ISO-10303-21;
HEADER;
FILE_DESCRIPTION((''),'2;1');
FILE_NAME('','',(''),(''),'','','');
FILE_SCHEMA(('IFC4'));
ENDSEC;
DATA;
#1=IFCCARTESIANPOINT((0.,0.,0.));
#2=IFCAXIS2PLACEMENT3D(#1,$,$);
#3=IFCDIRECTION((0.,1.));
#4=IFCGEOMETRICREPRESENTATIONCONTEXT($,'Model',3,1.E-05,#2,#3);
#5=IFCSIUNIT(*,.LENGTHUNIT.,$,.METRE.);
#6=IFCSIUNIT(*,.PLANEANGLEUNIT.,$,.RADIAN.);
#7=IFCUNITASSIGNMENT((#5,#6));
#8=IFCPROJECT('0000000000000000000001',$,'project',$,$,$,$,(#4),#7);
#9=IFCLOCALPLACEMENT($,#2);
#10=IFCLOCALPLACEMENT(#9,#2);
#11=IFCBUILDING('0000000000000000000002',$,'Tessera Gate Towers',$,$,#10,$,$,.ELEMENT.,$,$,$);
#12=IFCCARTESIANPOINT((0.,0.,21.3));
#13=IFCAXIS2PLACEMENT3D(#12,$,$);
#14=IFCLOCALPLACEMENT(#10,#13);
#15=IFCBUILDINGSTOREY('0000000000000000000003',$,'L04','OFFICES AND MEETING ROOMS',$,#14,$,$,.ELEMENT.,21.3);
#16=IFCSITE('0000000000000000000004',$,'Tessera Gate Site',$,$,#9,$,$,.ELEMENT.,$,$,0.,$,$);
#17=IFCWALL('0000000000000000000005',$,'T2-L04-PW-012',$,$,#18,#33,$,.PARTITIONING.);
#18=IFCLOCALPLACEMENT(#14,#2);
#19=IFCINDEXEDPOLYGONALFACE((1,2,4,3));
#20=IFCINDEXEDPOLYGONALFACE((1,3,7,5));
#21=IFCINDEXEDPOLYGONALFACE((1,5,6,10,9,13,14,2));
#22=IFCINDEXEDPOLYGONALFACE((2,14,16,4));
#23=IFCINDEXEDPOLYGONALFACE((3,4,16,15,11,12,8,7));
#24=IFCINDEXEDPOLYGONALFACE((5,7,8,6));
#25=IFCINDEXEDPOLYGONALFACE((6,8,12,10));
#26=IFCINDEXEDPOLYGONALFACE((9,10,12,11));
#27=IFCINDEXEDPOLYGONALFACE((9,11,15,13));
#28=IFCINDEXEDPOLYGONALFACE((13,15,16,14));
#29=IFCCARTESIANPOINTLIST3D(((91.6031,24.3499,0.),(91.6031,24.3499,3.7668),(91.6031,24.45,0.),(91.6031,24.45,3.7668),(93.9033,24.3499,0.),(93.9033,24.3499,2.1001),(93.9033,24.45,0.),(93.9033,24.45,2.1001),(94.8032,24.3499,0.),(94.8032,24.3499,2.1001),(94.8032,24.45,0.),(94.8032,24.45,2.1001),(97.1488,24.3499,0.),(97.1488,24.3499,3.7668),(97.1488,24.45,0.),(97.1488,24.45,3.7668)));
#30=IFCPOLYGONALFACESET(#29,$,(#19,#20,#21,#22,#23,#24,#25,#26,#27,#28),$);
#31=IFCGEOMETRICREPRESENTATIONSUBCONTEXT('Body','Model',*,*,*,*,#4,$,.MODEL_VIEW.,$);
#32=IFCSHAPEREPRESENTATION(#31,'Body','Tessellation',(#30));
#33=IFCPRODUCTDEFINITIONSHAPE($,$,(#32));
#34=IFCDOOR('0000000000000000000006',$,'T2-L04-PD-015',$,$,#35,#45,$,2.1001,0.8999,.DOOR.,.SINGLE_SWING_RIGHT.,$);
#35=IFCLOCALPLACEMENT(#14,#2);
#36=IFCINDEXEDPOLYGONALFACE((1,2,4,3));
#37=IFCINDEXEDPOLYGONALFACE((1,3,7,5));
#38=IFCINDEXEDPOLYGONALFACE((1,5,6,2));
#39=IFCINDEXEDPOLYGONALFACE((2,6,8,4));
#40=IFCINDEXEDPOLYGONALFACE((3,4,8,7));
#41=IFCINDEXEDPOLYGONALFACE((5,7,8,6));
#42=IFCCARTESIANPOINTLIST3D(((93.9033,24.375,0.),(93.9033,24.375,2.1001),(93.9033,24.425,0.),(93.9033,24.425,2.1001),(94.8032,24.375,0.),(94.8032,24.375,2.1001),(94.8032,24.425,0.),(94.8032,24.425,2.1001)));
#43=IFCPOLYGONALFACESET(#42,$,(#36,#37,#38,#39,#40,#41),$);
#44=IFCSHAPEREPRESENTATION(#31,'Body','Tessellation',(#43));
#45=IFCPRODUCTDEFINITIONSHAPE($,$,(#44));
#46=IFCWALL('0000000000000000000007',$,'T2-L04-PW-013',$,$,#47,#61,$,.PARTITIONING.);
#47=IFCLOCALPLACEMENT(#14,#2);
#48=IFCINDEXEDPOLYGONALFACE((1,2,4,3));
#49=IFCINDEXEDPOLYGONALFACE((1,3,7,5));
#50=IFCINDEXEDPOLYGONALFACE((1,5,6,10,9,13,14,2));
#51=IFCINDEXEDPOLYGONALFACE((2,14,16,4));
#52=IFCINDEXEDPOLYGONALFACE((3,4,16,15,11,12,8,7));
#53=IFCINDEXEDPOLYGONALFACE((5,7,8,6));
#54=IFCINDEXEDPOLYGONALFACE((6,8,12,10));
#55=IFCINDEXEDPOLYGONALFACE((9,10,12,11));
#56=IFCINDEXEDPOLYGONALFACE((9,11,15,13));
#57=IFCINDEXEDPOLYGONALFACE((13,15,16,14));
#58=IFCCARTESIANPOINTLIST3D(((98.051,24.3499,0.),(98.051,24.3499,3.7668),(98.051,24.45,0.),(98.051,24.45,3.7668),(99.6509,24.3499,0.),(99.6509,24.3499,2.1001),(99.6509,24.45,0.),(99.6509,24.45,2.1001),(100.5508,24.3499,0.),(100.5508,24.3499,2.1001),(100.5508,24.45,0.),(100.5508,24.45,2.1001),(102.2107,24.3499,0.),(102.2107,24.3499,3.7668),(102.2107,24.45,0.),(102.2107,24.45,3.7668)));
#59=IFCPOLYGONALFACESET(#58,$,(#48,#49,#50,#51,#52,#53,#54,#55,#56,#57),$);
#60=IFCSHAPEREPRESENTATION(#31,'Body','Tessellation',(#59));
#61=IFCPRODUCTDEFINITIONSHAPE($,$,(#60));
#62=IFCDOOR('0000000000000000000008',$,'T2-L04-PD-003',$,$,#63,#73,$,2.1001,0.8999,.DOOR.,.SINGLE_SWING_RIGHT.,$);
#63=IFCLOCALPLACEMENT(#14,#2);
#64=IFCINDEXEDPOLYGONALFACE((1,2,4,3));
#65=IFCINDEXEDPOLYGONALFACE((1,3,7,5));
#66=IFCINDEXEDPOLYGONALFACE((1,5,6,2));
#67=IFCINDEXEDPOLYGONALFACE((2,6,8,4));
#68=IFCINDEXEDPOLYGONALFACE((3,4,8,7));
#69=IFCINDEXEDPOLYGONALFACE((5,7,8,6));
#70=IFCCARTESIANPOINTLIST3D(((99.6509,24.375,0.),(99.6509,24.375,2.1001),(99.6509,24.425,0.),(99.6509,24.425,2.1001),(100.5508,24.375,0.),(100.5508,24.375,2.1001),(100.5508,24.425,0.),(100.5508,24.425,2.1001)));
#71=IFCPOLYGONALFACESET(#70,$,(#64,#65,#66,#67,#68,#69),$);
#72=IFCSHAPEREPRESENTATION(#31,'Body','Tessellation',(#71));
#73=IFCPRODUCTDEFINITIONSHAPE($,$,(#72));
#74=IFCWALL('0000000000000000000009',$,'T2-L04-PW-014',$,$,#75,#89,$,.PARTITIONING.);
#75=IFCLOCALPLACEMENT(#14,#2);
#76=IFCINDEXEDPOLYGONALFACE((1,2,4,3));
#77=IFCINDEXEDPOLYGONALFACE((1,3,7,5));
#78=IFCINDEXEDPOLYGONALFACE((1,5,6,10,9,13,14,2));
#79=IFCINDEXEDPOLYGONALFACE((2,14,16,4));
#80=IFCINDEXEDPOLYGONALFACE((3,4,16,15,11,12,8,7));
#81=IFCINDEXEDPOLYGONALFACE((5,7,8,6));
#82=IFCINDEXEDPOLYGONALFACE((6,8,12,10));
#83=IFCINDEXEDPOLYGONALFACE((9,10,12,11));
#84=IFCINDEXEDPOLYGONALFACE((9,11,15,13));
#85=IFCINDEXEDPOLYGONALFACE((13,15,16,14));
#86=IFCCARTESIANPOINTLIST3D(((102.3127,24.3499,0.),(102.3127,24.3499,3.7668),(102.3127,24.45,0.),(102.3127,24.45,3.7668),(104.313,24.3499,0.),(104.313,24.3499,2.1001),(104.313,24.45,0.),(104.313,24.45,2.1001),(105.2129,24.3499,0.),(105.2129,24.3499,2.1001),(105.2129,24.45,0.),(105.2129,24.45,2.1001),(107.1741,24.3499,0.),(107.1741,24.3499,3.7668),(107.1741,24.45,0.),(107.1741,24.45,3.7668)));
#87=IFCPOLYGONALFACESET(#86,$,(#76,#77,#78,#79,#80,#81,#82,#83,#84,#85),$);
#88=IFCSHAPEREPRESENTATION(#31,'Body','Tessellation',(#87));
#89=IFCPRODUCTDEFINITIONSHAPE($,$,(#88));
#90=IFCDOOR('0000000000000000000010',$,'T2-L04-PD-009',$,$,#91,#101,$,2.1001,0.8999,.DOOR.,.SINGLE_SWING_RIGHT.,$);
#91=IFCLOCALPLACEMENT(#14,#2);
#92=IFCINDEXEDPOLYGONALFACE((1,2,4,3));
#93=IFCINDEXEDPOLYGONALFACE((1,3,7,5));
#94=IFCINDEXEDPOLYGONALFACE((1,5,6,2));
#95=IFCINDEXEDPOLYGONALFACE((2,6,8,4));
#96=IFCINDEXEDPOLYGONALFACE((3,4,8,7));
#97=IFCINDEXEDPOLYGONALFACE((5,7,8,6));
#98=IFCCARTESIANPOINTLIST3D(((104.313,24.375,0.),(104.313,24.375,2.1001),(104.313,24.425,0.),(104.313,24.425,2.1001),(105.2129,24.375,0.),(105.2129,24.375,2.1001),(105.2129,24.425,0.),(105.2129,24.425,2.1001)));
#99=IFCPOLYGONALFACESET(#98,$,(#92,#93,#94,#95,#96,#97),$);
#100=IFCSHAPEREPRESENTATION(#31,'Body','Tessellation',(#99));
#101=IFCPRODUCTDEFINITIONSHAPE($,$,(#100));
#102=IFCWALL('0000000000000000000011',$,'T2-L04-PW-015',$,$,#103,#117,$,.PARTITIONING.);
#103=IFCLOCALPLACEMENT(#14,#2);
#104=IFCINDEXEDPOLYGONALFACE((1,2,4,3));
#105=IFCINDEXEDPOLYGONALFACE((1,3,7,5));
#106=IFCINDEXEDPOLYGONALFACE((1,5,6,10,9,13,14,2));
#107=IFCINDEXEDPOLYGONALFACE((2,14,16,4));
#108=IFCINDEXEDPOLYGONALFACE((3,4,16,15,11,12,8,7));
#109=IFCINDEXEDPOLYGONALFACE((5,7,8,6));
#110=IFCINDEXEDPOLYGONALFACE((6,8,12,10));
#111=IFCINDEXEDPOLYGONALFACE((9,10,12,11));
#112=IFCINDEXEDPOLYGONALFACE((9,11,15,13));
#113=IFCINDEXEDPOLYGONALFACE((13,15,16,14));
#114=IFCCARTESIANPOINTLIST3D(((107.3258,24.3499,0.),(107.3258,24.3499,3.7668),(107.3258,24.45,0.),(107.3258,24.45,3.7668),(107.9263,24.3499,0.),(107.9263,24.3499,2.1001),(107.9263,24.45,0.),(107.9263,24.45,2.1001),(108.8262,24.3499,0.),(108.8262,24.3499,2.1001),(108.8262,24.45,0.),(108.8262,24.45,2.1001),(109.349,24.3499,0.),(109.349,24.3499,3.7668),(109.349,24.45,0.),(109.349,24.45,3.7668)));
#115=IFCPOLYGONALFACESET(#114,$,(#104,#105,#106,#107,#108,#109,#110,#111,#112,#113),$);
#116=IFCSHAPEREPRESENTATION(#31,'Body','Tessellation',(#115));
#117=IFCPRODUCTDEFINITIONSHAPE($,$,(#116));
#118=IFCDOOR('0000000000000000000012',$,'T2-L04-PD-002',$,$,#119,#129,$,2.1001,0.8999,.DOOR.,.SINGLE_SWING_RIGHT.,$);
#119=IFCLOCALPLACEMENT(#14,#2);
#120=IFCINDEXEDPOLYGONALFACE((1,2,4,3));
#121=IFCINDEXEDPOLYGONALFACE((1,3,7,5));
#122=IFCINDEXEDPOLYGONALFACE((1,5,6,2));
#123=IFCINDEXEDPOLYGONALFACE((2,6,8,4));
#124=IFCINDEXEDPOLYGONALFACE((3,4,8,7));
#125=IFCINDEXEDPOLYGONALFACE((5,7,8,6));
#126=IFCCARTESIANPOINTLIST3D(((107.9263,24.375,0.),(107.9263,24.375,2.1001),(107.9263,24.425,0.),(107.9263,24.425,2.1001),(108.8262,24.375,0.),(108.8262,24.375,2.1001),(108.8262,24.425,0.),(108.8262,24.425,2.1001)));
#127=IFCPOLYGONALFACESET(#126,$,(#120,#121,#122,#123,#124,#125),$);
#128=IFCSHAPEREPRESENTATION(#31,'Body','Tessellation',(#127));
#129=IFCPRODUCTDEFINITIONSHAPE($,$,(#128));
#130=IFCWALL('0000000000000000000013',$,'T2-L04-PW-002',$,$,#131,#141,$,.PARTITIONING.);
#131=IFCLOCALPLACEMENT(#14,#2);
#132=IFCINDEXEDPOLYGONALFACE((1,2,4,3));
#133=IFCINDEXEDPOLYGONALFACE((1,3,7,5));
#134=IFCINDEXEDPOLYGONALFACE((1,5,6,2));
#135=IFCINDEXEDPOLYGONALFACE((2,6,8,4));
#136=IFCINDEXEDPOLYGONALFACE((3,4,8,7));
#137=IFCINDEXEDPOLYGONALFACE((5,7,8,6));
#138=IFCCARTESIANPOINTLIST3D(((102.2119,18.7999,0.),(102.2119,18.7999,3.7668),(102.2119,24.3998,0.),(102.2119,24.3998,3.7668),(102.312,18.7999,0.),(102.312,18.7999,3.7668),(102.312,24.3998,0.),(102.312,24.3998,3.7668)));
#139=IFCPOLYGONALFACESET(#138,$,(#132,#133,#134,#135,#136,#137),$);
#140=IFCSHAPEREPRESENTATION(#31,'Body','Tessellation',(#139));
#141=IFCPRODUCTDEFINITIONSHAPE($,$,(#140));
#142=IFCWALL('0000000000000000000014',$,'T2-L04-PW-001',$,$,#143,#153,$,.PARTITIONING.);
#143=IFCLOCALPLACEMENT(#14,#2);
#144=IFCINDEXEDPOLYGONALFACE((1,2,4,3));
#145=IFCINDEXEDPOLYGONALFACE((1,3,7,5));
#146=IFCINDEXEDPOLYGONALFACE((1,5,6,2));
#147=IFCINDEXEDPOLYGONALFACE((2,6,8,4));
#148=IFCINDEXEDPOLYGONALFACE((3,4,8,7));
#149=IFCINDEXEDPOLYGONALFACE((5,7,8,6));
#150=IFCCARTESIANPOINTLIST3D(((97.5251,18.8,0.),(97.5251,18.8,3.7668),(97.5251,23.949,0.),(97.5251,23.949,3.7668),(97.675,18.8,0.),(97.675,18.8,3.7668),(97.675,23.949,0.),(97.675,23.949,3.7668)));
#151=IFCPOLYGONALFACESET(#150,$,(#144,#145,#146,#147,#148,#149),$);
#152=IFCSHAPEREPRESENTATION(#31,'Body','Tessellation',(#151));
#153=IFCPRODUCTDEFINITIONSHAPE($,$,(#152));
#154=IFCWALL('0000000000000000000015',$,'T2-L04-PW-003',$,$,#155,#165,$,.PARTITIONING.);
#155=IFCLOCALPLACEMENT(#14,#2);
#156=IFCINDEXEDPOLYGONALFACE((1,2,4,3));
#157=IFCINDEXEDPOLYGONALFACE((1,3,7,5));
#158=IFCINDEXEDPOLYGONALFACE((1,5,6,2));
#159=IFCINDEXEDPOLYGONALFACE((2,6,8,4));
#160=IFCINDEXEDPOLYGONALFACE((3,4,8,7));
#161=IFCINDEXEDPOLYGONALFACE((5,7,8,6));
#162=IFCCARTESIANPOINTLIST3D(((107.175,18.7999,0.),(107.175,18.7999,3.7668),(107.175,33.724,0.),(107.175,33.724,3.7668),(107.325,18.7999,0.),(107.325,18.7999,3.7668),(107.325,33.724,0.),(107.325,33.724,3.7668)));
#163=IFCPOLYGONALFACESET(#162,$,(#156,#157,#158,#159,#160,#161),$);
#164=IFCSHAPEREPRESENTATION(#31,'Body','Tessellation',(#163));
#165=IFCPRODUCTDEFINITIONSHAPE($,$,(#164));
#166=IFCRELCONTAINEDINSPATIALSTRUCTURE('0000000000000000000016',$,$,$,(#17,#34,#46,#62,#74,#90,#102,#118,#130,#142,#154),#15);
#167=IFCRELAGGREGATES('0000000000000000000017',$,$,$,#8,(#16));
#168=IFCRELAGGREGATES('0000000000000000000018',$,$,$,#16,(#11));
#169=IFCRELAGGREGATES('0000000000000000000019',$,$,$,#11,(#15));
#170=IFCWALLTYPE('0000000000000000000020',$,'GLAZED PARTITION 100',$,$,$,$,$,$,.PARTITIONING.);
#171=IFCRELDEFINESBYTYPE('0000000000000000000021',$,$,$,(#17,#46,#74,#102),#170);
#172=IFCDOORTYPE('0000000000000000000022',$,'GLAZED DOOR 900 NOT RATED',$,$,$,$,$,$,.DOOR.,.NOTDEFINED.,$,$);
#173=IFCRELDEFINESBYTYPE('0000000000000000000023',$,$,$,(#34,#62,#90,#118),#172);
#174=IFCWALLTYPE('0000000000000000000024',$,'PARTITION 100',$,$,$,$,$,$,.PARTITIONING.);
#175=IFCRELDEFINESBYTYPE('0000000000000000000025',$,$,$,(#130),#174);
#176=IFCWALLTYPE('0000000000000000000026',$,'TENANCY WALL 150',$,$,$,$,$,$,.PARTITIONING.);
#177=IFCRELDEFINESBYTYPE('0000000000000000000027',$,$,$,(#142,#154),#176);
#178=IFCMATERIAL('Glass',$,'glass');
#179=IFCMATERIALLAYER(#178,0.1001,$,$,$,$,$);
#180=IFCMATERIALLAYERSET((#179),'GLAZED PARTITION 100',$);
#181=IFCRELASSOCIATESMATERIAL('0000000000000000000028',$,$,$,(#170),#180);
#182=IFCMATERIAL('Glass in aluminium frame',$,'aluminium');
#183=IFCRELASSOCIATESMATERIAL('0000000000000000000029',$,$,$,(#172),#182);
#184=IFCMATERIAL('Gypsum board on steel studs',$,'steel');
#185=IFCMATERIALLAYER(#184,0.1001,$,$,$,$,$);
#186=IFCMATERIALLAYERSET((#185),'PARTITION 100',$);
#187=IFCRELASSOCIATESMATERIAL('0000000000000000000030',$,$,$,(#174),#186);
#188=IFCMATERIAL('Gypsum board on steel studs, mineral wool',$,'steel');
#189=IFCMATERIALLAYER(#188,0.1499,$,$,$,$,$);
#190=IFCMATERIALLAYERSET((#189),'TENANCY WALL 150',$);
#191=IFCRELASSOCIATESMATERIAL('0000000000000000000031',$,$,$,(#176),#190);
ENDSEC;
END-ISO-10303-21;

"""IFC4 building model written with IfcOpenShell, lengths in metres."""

from ifc_helpers import new_model, si_unit, direction, frame, frame_2d, origin, place, context, subcontext, project, spatial, rectangle, extrude, source, transform, mapped, material, layer, layer_set, type_object, element, fill, save


model = new_model("IFC4")

# Units and contexts
model_context = context("Model", 3, precision=1e-05, world=origin(), true_north=direction((0.0, 1.0)))
body_context = subcontext(model_context, "Body", "Model", "MODEL_VIEW")
ifc_project = project(units=[si_unit("LENGTHUNIT", "METRE"), si_unit("PLANEANGLEUNIT", "RADIAN")], contexts=[model_context])

# Site, building, storey
site_placement = place(None, origin())
site = spatial("IfcSite", under=ifc_project, at=site_placement, Name="Tessera Gate Site", CompositionType="ELEMENT", RefElevation=0.0)
building_placement = place(site_placement, origin())
building = spatial("IfcBuilding", under=site, at=building_placement, Name="Tessera Gate Towers", CompositionType="ELEMENT")
storey_placement = place(building_placement, frame((0.0, 0.0, 21.3)))
storey = spatial("IfcBuildingStorey", under=building, at=storey_placement, Name="L04", Description="OFFICES AND MEETING ROOMS", CompositionType="ELEMENT", Elevation=21.3)

# Walls, openings, doors
ifc_material_1 = material(Name="Glass", Category="glass")
ifc_layer_1 = layer(ifc_material_1, 0.1001)
ifc_layer_set_1 = layer_set([ifc_layer_1], Name="GLAZED PARTITION 100")
wall_type_1 = type_object("IfcWallType", Name="GLAZED PARTITION 100", PredefinedType="PARTITIONING", material=ifc_layer_set_1)
wall_1_placement = place(storey_placement, frame((97.1489, 24.3999, 0.0), z_axis=(0.0, 0.0, 1.0), x_axis=(-1.0, 0.0, 0.0)))
wall_1 = element("IfcWall", 1, at=wall_1_placement, inside=storey, type_object=wall_type_1, Name="T2-L04-PW-012", PredefinedType="PARTITIONING", context=body_context, shape_type="SweptSolid", body=[
    extrude(rectangle(XDim=5.5457, YDim=0.1001, at=frame_2d((2.7729, 0.0))), origin(), (0.0, 0.0, 1.0), 3.7668),
])
shared_shape_1 = source(origin(), body_context, "Body", "SweptSolid", [
    extrude(rectangle(XDim=0.8999, YDim=2.1001, at=frame_2d((0.45, 1.05))), frame((0.0, 0.0601, 0.0), z_axis=(0.0, -1.0, 0.0), x_axis=(1.0, 0.0, 0.0)), (0.0, 0.0, 1.0), 0.1201),
])
opening_1_placement = place(wall_1_placement, frame((2.3457, 0.0, 0.0)))
opening_1 = element("IfcOpeningElement", 2, at=opening_1_placement, cuts=wall_1, PredefinedType="OPENING", context=body_context, shape_type="MappedRepresentation", body=[
    mapped(shared_shape_1, transform((0.0, 0.0, 0.0), scale=1.0)),
])
ifc_material_2 = material(Name="Glass in aluminium frame", Category="aluminium")
door_type = type_object("IfcDoorType", Name="GLAZED DOOR 900 NOT RATED", OperationType="NOTDEFINED", PredefinedType="DOOR", material=ifc_material_2)
shared_shape_2 = source(origin(), body_context, "Body", "SweptSolid", [
    extrude(rectangle(XDim=0.8999, YDim=2.1001, at=frame_2d((0.45, 1.05))), frame((0.0, 0.0249, 0.0), z_axis=(0.0, -1.0, 0.0), x_axis=(1.0, 0.0, 0.0)), (0.0, 0.0, 1.0), 0.05),
])
door_1_placement = place(opening_1_placement, origin())
door_1 = element("IfcDoor", 3, at=door_1_placement, inside=storey, type_object=door_type, Name="T2-L04-PD-015", OperationType="SINGLE_SWING_RIGHT", OverallHeight=2.1001, OverallWidth=0.8999, PredefinedType="DOOR", context=body_context, shape_type="MappedRepresentation", body=[
    mapped(shared_shape_2, transform((0.0, 0.0, 0.0), scale=1.0)),
])
fill(opening_1, door_1)
wall_2_placement = place(storey_placement, frame((102.2107, 24.3999, 0.0), z_axis=(0.0, 0.0, 1.0), x_axis=(-1.0, 0.0, 0.0)))
wall_2 = element("IfcWall", 4, at=wall_2_placement, inside=storey, type_object=wall_type_1, Name="T2-L04-PW-013", PredefinedType="PARTITIONING", context=body_context, shape_type="SweptSolid", body=[
    extrude(rectangle(XDim=4.1597, YDim=0.1001, at=frame_2d((2.0798, 0.0))), origin(), (0.0, 0.0, 1.0), 3.7668),
])
opening_2_placement = place(wall_2_placement, frame((1.6599, 0.0, 0.0)))
opening_2 = element("IfcOpeningElement", 5, at=opening_2_placement, cuts=wall_2, PredefinedType="OPENING", context=body_context, shape_type="MappedRepresentation", body=[
    mapped(shared_shape_1, transform((0.0, 0.0, 0.0), scale=1.0)),
])
door_2_placement = place(opening_2_placement, origin())
door_2 = element("IfcDoor", 6, at=door_2_placement, inside=storey, type_object=door_type, Name="T2-L04-PD-003", OperationType="SINGLE_SWING_RIGHT", OverallHeight=2.1001, OverallWidth=0.8999, PredefinedType="DOOR", context=body_context, shape_type="MappedRepresentation", body=[
    mapped(shared_shape_2, transform((0.0, 0.0, 0.0), scale=1.0)),
])
fill(opening_2, door_2)
wall_3_placement = place(storey_placement, frame((107.1741, 24.3999, 0.0), z_axis=(0.0, 0.0, 1.0), x_axis=(-1.0, 0.0, 0.0)))
wall_3 = element("IfcWall", 7, at=wall_3_placement, inside=storey, type_object=wall_type_1, Name="T2-L04-PW-014", PredefinedType="PARTITIONING", context=body_context, shape_type="SweptSolid", body=[
    extrude(rectangle(XDim=4.8613, YDim=0.1001, at=frame_2d((2.4307, 0.0))), origin(), (0.0, 0.0, 1.0), 3.7668),
])
opening_3_placement = place(wall_3_placement, frame((1.9612, 0.0, 0.0)))
opening_3 = element("IfcOpeningElement", 8, at=opening_3_placement, cuts=wall_3, PredefinedType="OPENING", context=body_context, shape_type="MappedRepresentation", body=[
    mapped(shared_shape_1, transform((0.0, 0.0, 0.0), scale=1.0)),
])
door_3_placement = place(opening_3_placement, origin())
door_3 = element("IfcDoor", 9, at=door_3_placement, inside=storey, type_object=door_type, Name="T2-L04-PD-009", OperationType="SINGLE_SWING_RIGHT", OverallHeight=2.1001, OverallWidth=0.8999, PredefinedType="DOOR", context=body_context, shape_type="MappedRepresentation", body=[
    mapped(shared_shape_2, transform((0.0, 0.0, 0.0), scale=1.0)),
])
fill(opening_3, door_3)
wall_4_placement = place(storey_placement, frame((109.3491, 24.3999, 0.0), z_axis=(0.0, 0.0, 1.0), x_axis=(-1.0, 0.0, 0.0)))
wall_4 = element("IfcWall", 10, at=wall_4_placement, inside=storey, type_object=wall_type_1, Name="T2-L04-PW-015", PredefinedType="PARTITIONING", context=body_context, shape_type="SweptSolid", body=[
    extrude(rectangle(XDim=2.0232, YDim=0.1001, at=frame_2d((1.0117, 0.0))), origin(), (0.0, 0.0, 1.0), 3.7668),
])
opening_4_placement = place(wall_4_placement, frame((0.5229, 0.0, 0.0)))
opening_4 = element("IfcOpeningElement", 11, at=opening_4_placement, cuts=wall_4, PredefinedType="OPENING", context=body_context, shape_type="MappedRepresentation", body=[
    mapped(shared_shape_1, transform((0.0, 0.0, 0.0), scale=1.0)),
])
door_4_placement = place(opening_4_placement, origin())
door_4 = element("IfcDoor", 12, at=door_4_placement, inside=storey, type_object=door_type, Name="T2-L04-PD-002", OperationType="SINGLE_SWING_RIGHT", OverallHeight=2.1001, OverallWidth=0.8999, PredefinedType="DOOR", context=body_context, shape_type="MappedRepresentation", body=[
    mapped(shared_shape_2, transform((0.0, 0.0, 0.0), scale=1.0)),
])
fill(opening_4, door_4)

# Walls
ifc_material_3 = material(Name="Gypsum board on steel studs", Category="steel")
ifc_layer_2 = layer(ifc_material_3, 0.1001)
ifc_layer_set_2 = layer_set([ifc_layer_2], Name="PARTITION 100")
wall_type_2 = type_object("IfcWallType", Name="PARTITION 100", PredefinedType="PARTITIONING", material=ifc_layer_set_2)
wall_5_placement = place(storey_placement, frame((102.262, 18.8, 0.0), z_axis=(0.0, 0.0, 1.0), x_axis=(0.0, 1.0, 0.0)))
element("IfcWall", 13, at=wall_5_placement, inside=storey, type_object=wall_type_2, Name="T2-L04-PW-002", PredefinedType="PARTITIONING", context=body_context, shape_type="SweptSolid", body=[
    extrude(rectangle(XDim=5.5999, YDim=0.1001, at=frame_2d((2.7998, 0.0))), origin(), (0.0, 0.0, 1.0), 3.7668),
])
ifc_material_4 = material(Name="Gypsum board on steel studs, mineral wool", Category="steel")
ifc_layer_3 = layer(ifc_material_4, 0.1499)
ifc_layer_set_3 = layer_set([ifc_layer_3], Name="TENANCY WALL 150")
wall_type_3 = type_object("IfcWallType", Name="TENANCY WALL 150", PredefinedType="PARTITIONING", material=ifc_layer_set_3)
wall_6_placement = place(storey_placement, frame((97.6001, 18.8, 0.0), z_axis=(0.0, 0.0, 1.0), x_axis=(0.0, 1.0, 0.0)))
element("IfcWall", 14, at=wall_6_placement, inside=storey, type_object=wall_type_3, Name="T2-L04-PW-001", PredefinedType="PARTITIONING", context=body_context, shape_type="SweptSolid", body=[
    extrude(rectangle(XDim=5.1489, YDim=0.1499, at=frame_2d((2.5745, 0.0))), origin(), (0.0, 0.0, 1.0), 3.7668),
])
wall_7_placement = place(storey_placement, frame((107.25, 18.8, 0.0), z_axis=(0.0, 0.0, 1.0), x_axis=(0.0, 1.0, 0.0)))
element("IfcWall", 15, at=wall_7_placement, inside=storey, type_object=wall_type_3, Name="T2-L04-PW-003", PredefinedType="PARTITIONING", context=body_context, shape_type="SweptSolid", body=[
    extrude(rectangle(XDim=14.9241, YDim=0.1499, at=frame_2d((7.4619, 0.0))), origin(), (0.0, 0.0, 1.0), 3.7668),
])

save(model, "model.ifc")
